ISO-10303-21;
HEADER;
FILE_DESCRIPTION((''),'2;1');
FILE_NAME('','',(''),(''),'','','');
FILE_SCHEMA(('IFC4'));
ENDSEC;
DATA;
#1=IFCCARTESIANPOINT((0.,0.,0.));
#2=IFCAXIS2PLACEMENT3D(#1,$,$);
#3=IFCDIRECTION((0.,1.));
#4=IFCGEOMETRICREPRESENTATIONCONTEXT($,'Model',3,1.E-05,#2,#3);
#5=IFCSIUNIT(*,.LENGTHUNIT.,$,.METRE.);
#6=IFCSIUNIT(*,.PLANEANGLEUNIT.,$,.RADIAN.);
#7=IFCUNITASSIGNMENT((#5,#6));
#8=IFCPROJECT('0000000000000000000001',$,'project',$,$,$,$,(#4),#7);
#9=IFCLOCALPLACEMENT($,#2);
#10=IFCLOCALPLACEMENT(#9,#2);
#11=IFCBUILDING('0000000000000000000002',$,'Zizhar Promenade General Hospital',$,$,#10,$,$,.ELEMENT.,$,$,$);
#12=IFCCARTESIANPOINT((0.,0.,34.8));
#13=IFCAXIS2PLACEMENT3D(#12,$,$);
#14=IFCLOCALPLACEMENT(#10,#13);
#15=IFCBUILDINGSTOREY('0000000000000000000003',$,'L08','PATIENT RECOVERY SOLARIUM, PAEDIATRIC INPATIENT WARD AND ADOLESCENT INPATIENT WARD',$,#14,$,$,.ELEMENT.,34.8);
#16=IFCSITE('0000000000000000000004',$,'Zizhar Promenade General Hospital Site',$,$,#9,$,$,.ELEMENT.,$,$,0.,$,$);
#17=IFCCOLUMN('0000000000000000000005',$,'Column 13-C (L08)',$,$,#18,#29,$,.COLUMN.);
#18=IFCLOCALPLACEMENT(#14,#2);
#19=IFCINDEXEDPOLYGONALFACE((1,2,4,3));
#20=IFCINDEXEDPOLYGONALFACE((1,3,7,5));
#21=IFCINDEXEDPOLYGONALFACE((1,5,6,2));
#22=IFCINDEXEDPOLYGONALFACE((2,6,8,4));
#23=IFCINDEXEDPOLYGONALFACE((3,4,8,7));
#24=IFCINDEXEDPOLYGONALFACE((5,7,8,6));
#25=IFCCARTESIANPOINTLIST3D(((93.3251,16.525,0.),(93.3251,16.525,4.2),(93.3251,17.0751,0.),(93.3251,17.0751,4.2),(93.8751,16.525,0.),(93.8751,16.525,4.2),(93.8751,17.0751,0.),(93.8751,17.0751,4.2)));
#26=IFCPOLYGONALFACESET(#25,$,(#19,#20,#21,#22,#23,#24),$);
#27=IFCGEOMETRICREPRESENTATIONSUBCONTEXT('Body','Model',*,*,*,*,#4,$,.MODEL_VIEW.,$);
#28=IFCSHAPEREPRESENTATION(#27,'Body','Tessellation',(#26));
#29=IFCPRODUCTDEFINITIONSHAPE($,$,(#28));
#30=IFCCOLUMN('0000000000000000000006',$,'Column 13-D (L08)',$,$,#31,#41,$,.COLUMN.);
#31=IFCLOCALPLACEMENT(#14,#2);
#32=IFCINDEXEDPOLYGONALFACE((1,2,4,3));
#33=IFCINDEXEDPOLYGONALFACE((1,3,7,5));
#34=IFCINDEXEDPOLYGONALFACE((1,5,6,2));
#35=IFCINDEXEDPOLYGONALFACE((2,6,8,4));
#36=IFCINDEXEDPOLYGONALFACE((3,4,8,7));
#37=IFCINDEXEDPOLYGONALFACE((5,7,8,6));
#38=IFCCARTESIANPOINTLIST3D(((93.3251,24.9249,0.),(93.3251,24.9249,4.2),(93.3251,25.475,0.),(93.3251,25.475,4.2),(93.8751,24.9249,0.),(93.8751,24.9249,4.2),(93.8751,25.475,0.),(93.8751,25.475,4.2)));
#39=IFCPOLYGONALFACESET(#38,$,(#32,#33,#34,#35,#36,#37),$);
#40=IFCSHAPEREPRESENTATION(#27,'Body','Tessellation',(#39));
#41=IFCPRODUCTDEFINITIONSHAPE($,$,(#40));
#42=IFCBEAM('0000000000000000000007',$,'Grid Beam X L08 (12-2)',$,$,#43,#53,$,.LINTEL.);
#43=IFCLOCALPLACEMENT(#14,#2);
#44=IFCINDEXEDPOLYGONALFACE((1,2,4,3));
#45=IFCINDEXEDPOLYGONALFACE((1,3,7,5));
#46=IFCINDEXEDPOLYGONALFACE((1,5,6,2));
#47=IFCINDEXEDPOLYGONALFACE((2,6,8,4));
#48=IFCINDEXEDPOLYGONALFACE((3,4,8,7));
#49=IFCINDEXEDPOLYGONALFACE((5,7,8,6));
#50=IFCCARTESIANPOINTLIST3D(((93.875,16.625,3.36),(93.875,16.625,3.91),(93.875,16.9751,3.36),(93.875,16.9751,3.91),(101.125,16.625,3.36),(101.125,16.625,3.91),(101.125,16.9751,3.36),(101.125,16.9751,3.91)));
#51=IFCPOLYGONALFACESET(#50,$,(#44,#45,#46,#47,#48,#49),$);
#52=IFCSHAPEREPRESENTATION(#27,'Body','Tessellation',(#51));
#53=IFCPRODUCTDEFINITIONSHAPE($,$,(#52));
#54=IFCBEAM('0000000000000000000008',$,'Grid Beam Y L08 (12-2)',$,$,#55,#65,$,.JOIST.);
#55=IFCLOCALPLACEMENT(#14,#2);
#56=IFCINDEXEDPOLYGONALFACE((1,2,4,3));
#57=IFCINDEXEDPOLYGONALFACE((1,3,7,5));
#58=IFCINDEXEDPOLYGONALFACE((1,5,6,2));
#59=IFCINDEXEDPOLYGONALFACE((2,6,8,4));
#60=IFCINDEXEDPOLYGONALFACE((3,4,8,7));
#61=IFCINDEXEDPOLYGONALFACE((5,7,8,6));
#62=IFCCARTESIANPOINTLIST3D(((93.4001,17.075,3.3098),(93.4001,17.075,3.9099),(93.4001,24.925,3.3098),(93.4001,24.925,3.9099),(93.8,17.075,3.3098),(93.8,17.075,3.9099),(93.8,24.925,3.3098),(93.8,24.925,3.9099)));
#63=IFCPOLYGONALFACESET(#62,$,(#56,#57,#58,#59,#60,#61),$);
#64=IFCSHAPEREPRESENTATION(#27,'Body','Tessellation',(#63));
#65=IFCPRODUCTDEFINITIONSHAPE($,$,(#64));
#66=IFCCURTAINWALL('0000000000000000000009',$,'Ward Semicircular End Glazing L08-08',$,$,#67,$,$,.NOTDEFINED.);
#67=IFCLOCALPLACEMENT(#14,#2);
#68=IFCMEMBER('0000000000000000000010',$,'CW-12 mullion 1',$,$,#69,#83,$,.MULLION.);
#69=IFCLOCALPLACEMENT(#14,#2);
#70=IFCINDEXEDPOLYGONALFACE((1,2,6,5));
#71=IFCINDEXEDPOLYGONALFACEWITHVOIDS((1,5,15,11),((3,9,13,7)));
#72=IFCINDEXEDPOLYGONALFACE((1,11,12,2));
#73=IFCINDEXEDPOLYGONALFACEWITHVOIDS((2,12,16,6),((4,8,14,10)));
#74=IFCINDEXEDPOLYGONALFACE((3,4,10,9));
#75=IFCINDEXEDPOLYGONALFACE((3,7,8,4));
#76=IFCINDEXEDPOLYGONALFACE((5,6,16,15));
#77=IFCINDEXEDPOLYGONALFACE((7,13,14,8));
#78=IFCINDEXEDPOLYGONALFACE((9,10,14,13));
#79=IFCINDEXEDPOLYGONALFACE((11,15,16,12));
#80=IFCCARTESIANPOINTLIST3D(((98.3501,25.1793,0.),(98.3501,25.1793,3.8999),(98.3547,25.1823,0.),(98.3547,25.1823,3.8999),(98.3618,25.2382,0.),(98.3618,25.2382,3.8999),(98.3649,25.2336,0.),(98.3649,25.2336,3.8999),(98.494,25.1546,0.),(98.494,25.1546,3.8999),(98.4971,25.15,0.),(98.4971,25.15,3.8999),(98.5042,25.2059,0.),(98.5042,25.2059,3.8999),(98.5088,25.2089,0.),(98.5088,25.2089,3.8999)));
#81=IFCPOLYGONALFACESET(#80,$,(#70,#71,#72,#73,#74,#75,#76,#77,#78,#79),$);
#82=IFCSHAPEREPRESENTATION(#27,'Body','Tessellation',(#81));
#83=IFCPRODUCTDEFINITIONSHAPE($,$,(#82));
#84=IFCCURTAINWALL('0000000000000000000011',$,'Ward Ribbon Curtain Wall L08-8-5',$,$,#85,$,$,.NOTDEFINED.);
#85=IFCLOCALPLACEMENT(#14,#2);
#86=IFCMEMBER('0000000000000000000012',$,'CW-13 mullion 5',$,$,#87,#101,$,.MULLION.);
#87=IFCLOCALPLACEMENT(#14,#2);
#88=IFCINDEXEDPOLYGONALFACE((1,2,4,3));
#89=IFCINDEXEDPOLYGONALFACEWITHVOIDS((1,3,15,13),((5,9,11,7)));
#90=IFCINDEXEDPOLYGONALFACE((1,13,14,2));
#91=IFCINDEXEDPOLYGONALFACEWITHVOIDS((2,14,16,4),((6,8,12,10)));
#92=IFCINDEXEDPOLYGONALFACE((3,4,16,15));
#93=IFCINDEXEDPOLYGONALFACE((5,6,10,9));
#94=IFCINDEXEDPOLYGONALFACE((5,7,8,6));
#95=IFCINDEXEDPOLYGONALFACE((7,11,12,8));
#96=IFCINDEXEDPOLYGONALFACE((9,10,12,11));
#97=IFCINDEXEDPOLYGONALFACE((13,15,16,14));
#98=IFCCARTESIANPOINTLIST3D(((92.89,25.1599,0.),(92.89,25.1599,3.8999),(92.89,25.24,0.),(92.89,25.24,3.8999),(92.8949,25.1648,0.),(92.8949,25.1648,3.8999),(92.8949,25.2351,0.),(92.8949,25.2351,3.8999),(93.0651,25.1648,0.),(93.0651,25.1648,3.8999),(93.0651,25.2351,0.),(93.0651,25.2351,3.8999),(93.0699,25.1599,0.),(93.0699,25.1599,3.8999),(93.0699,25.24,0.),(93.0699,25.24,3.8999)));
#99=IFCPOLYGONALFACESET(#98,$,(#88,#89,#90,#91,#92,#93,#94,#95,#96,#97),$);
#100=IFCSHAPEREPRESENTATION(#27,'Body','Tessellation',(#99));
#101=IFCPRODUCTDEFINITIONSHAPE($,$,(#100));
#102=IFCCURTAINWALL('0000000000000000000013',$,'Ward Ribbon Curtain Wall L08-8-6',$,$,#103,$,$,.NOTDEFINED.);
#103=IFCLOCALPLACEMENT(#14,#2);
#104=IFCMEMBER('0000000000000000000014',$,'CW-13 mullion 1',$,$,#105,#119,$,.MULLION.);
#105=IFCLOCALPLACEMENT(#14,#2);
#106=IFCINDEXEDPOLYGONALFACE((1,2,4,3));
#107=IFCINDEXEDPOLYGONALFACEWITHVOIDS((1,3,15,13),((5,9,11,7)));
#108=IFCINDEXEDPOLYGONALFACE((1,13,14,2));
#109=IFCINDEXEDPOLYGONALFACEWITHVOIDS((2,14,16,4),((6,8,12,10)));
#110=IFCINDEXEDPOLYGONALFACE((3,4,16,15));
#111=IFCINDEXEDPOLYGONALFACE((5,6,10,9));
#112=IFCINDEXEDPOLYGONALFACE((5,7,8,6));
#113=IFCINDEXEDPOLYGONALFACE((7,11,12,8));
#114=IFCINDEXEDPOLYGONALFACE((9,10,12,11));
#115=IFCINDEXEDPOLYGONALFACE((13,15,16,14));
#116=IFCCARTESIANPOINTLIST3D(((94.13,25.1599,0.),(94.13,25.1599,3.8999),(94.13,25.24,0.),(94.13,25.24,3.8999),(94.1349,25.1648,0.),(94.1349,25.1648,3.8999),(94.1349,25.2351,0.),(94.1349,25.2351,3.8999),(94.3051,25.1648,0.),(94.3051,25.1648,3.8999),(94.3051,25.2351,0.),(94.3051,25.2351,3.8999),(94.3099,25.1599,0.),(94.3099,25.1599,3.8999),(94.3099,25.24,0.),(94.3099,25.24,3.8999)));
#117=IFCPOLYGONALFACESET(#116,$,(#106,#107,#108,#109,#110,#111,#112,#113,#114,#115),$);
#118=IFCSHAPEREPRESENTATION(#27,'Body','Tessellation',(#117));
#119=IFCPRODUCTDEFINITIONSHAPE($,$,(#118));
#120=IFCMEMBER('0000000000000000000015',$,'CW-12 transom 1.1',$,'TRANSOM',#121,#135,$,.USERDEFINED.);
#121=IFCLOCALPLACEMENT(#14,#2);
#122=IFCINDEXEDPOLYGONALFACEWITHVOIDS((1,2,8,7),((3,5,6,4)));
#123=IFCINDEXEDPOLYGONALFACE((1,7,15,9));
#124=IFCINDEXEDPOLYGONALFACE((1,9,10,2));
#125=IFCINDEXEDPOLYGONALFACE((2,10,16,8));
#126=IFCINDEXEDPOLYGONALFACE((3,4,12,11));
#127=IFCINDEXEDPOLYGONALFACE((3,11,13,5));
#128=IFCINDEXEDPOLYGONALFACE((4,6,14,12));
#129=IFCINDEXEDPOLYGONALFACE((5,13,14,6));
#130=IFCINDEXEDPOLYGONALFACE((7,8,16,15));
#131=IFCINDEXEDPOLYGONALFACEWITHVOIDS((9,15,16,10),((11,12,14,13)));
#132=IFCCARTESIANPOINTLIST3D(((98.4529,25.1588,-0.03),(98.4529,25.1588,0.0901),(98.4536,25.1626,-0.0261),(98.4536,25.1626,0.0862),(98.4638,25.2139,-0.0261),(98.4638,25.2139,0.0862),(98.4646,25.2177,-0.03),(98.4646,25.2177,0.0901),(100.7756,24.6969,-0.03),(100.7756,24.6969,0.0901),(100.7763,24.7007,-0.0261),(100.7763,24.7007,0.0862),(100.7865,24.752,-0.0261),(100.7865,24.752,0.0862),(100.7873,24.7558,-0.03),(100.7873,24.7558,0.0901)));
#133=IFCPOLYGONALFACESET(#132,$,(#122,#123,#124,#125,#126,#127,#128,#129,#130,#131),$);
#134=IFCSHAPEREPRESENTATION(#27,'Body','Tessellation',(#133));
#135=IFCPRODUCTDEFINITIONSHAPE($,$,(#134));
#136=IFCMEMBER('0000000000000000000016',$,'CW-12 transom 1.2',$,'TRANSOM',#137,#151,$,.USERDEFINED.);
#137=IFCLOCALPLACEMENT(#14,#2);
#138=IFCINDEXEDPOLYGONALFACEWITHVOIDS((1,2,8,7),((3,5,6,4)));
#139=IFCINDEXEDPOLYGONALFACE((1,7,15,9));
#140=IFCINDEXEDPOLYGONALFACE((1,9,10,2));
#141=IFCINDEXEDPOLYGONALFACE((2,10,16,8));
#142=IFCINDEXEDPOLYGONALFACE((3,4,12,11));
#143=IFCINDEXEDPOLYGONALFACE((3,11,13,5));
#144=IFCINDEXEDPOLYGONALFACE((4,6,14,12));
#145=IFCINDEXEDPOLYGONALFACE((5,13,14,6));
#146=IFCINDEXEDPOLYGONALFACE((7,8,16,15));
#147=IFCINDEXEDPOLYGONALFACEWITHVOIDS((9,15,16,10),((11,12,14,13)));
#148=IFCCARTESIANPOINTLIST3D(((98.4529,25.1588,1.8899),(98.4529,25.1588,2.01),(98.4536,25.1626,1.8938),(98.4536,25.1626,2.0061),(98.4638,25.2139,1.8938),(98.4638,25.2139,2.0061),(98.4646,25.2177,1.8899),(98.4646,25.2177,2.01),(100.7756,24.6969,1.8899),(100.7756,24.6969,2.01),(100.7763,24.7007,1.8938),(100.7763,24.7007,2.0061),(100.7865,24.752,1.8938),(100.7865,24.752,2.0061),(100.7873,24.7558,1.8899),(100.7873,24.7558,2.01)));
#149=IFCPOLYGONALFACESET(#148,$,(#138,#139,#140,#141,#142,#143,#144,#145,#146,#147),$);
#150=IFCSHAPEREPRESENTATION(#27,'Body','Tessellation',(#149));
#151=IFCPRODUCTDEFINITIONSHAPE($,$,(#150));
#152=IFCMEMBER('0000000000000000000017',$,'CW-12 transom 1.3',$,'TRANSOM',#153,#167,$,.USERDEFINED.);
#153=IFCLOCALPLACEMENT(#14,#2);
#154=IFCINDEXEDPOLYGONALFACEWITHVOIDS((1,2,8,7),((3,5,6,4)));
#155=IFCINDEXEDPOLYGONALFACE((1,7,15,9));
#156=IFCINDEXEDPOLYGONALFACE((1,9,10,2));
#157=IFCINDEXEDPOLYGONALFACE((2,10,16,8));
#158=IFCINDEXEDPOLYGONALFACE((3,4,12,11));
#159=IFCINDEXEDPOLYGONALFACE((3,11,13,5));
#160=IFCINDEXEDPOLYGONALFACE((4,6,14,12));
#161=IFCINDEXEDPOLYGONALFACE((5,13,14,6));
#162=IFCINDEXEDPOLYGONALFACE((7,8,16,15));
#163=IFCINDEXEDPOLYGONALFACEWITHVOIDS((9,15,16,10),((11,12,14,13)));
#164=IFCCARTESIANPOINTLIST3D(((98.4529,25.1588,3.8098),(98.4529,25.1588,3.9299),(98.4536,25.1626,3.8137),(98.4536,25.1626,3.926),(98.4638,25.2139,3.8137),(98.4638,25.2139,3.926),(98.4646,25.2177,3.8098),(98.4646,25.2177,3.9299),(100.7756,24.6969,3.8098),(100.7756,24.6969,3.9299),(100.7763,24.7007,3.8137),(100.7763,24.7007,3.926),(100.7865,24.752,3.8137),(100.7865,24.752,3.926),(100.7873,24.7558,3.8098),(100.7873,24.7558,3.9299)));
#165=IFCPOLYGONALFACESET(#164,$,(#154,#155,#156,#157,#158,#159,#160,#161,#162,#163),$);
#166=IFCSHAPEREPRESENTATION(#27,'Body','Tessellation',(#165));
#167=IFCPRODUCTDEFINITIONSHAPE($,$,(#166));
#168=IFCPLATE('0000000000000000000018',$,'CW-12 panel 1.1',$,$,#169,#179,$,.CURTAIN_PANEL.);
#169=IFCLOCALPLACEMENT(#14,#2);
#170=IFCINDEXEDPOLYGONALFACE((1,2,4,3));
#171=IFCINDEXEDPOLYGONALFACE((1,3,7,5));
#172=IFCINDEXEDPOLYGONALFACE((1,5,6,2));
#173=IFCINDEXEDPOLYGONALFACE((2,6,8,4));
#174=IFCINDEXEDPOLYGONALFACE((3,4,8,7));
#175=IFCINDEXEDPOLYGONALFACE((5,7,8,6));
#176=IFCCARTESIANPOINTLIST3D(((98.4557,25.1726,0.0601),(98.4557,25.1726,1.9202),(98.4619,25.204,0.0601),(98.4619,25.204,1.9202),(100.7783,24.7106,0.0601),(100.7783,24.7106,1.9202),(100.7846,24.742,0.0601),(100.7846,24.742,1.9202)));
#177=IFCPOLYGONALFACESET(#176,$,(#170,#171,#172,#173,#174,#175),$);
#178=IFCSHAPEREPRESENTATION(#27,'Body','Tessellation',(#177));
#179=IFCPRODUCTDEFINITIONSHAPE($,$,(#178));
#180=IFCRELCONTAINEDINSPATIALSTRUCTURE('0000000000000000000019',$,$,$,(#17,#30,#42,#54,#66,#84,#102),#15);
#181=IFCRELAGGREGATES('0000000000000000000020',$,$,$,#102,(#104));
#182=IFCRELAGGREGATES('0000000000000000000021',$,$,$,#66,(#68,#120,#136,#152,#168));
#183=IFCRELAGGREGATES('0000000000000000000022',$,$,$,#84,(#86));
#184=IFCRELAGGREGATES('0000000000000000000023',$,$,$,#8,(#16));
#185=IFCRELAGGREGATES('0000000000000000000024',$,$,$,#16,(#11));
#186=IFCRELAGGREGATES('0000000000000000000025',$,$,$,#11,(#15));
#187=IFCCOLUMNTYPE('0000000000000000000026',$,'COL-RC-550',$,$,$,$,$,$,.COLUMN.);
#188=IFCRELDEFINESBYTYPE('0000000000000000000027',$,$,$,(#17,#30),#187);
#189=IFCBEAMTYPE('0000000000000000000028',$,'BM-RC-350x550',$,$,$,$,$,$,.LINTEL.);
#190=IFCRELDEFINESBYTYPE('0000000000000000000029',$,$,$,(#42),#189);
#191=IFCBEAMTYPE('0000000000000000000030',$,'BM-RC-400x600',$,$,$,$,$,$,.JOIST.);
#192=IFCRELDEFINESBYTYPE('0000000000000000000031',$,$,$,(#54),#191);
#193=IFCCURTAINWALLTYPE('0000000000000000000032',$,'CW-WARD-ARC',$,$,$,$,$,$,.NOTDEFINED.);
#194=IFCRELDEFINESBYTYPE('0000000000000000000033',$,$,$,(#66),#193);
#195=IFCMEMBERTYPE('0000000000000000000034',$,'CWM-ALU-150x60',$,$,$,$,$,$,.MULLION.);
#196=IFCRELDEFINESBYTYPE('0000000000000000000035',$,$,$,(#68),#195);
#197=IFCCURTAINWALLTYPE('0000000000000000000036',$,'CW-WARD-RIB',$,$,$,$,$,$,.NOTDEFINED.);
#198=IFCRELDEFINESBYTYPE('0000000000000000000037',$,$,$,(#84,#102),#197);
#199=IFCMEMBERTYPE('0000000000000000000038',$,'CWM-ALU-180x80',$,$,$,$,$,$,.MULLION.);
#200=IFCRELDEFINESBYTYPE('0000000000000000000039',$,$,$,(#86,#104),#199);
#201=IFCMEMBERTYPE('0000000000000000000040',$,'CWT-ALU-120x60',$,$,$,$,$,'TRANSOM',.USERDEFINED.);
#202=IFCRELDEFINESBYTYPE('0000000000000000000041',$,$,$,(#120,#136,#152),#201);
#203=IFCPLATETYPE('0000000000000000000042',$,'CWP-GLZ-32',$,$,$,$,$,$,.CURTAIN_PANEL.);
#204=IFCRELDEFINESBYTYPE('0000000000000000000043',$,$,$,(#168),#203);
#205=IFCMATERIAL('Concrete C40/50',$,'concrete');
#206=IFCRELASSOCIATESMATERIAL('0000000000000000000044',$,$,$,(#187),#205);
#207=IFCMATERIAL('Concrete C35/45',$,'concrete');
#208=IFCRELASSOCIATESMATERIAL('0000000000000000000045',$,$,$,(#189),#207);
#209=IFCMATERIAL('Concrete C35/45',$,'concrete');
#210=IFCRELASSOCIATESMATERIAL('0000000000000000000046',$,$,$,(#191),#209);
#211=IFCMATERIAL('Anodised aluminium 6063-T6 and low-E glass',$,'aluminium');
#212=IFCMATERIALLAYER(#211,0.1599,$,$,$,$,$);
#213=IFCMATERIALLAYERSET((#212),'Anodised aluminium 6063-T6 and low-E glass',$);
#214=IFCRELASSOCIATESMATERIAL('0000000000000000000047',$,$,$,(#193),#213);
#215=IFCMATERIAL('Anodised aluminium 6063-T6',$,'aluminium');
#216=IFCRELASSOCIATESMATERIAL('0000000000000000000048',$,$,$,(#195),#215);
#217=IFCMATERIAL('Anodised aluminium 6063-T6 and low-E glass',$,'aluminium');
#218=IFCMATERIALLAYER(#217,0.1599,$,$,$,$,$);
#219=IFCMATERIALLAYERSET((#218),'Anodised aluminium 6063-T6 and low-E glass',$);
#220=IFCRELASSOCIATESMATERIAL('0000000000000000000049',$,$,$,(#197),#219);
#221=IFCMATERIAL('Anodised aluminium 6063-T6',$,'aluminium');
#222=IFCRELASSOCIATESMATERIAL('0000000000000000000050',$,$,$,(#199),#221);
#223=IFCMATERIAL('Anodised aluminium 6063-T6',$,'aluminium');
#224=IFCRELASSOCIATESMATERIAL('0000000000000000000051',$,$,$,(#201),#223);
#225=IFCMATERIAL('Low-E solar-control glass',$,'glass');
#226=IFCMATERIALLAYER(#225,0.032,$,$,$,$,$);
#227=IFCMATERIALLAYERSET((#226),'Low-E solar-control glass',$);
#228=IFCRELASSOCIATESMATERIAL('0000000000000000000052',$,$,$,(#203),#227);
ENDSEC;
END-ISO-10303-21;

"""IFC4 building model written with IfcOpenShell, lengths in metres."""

from ifc_helpers import new_model, si_unit, direction, frame, origin, origin_2d, place, context, subcontext, project, spatial, rectangle, hollow_rectangle, extrude, material, layer, layer_set, material_profile, profile_set, type_object, element, aggregate, save


model = new_model("IFC4")

# Units and contexts
model_context = context("Model", 3, precision=1e-05, world=origin(), true_north=direction((0.0, 1.0)))
body_context = subcontext(model_context, "Body", "Model", "MODEL_VIEW")
ifc_project = project(units=[si_unit("LENGTHUNIT", "METRE"), si_unit("PLANEANGLEUNIT", "RADIAN")], contexts=[model_context])

# Site, building, storey
site_placement = place(None, origin())
site = spatial("IfcSite", under=ifc_project, at=site_placement, Name="Zizhar Promenade General Hospital Site", CompositionType="ELEMENT", RefElevation=0.0)
building_placement = place(site_placement, origin())
building = spatial("IfcBuilding", under=site, at=building_placement, Name="Zizhar Promenade General Hospital", CompositionType="ELEMENT")
storey_placement = place(building_placement, frame((0.0, 0.0, 34.8)))
storey = spatial("IfcBuildingStorey", under=building, at=storey_placement, Name="L08", Description="PATIENT RECOVERY SOLARIUM, PAEDIATRIC INPATIENT WARD AND ADOLESCENT INPATIENT WARD", CompositionType="ELEMENT", Elevation=34.8)

# Columns
ifc_material_1 = material(Name="Concrete C40/50", Category="concrete")
ifc_material_profile_1 = material_profile(ifc_material_1, rectangle(XDim=0.55, YDim=0.55, at=origin_2d()))
ifc_profile_set_1 = profile_set([ifc_material_profile_1], Name="Concrete C40/50")
column_type = type_object("IfcColumnType", Name="COL-RC-550", PredefinedType="COLUMN", material=ifc_profile_set_1)
for number, where, z_axis, x_axis, name in (
    (1, (93.6001, 16.8, 0.0), (0.0, 0.0, 1.0), (1.0, 0.0, 0.0), "Column 13-C (L08)"),
    (2, (93.6001, 25.2, 0.0), (0.0, 0.0, 1.0), (1.0, 0.0, 0.0), "Column 13-D (L08)"),
):
    element("IfcColumn", number, at=place(storey_placement, frame(where, z_axis=z_axis, x_axis=x_axis)), inside=storey, type_object=column_type, Name=name, PredefinedType="COLUMN", context=body_context, shape_type="SweptSolid", body=[
        extrude(rectangle(XDim=0.55, YDim=0.55, at=origin_2d()), origin(), (0.0, 0.0, 1.0), 4.2),
    ])

# Beams
ifc_material_2 = material(Name="Concrete C35/45", Category="concrete")
ifc_material_profile_2 = material_profile(ifc_material_2, rectangle(XDim=0.3501, YDim=0.55, at=origin_2d()))
ifc_profile_set_2 = profile_set([ifc_material_profile_2], Name="Concrete C35/45")
beam_type_1 = type_object("IfcBeamType", Name="BM-RC-350x550", PredefinedType="LINTEL", material=ifc_profile_set_2)
beam_1_placement = place(storey_placement, frame((93.875, 16.8, 3.635), z_axis=(1.0, 0.0, 0.0), x_axis=(0.0, 1.0, 0.0)))
element("IfcBeam", 3, at=beam_1_placement, inside=storey, type_object=beam_type_1, Name="Grid Beam X L08 (12-2)", PredefinedType="LINTEL", context=body_context, shape_type="SweptSolid", body=[
    extrude(rectangle(XDim=0.3501, YDim=0.55, at=origin_2d()), origin(), (0.0, 0.0, 1.0), 7.25),
])
ifc_material_3 = material(Name="Concrete C35/45", Category="concrete")
ifc_material_profile_3 = material_profile(ifc_material_3, rectangle(XDim=0.3999, YDim=0.6001, at=origin_2d()))
ifc_profile_set_3 = profile_set([ifc_material_profile_3], Name="Concrete C35/45")
beam_type_2 = type_object("IfcBeamType", Name="BM-RC-400x600", PredefinedType="JOIST", material=ifc_profile_set_3)
beam_2_placement = place(storey_placement, frame((93.6001, 17.075, 3.6099), z_axis=(0.0, 1.0, 0.0), x_axis=(-1.0, 0.0, 0.0)))
element("IfcBeam", 4, at=beam_2_placement, inside=storey, type_object=beam_type_2, Name="Grid Beam Y L08 (12-2)", PredefinedType="JOIST", context=body_context, shape_type="SweptSolid", body=[
    extrude(rectangle(XDim=0.3999, YDim=0.6001, at=origin_2d()), origin(), (0.0, 0.0, 1.0), 7.8501),
])

# Curtain walls, members
ifc_material_4 = material(Name="Anodised aluminium 6063-T6 and low-E glass", Category="aluminium")
ifc_layer_1 = layer(ifc_material_4, 0.1599)
ifc_layer_set_1 = layer_set([ifc_layer_1], Name="Anodised aluminium 6063-T6 and low-E glass")
curtain_wall_type_1 = type_object("IfcCurtainWallType", Name="CW-WARD-ARC", PredefinedType="NOTDEFINED", material=ifc_layer_set_1)
curtain_wall_1_placement = place(storey_placement, origin())
curtain_wall_1 = element("IfcCurtainWall", 5, at=curtain_wall_1_placement, inside=storey, type_object=curtain_wall_type_1, Name="Ward Semicircular End Glazing L08-08", PredefinedType="NOTDEFINED")
ifc_material_5 = material(Name="Anodised aluminium 6063-T6", Category="aluminium")
ifc_material_profile_4 = material_profile(ifc_material_5, hollow_rectangle(XDim=0.0601, YDim=0.1499, WallThickness=0.0039, at=origin_2d()))
ifc_profile_set_4 = profile_set([ifc_material_profile_4], Name="Anodised aluminium 6063-T6")
member_type_1 = type_object("IfcMemberType", Name="CWM-ALU-150x60", PredefinedType="MULLION", material=ifc_profile_set_4)
member_1_placement = place(storey_placement, frame((98.4294, 25.1941, 0.0), z_axis=(0.0, 0.0, 1.0), x_axis=(0.195087, 0.980786, 0.0)))
member_1 = element("IfcMember", 6, at=member_1_placement, type_object=member_type_1, Name="CW-12 mullion 1", PredefinedType="MULLION", context=body_context, shape_type="SweptSolid", body=[
    extrude(hollow_rectangle(XDim=0.0601, YDim=0.1499, WallThickness=0.0039, at=origin_2d()), origin(), (0.0, 0.0, 1.0), 3.8999),
])
ifc_material_6 = material(Name="Anodised aluminium 6063-T6 and low-E glass", Category="aluminium")
ifc_layer_2 = layer(ifc_material_6, 0.1599)
ifc_layer_set_2 = layer_set([ifc_layer_2], Name="Anodised aluminium 6063-T6 and low-E glass")
curtain_wall_type_2 = type_object("IfcCurtainWallType", Name="CW-WARD-RIB", PredefinedType="NOTDEFINED", material=ifc_layer_set_2)
curtain_wall_2_placement = place(storey_placement, origin())
curtain_wall_2 = element("IfcCurtainWall", 7, at=curtain_wall_2_placement, inside=storey, type_object=curtain_wall_type_2, Name="Ward Ribbon Curtain Wall L08-8-5", PredefinedType="NOTDEFINED")
ifc_material_7 = material(Name="Anodised aluminium 6063-T6", Category="aluminium")
ifc_material_profile_5 = material_profile(ifc_material_7, hollow_rectangle(XDim=0.0801, YDim=0.1799, WallThickness=0.0049, at=origin_2d()))
ifc_profile_set_5 = profile_set([ifc_material_profile_5], Name="Anodised aluminium 6063-T6")
member_type_2 = type_object("IfcMemberType", Name="CWM-ALU-180x80", PredefinedType="MULLION", material=ifc_profile_set_5)
member_2_placement = place(storey_placement, frame((92.98, 25.2, 0.0), z_axis=(0.0, 0.0, 1.0), x_axis=(0.0, 1.0, 0.0)))
member_2 = element("IfcMember", 8, at=member_2_placement, type_object=member_type_2, Name="CW-13 mullion 5", PredefinedType="MULLION", context=body_context, shape_type="SweptSolid", body=[
    extrude(hollow_rectangle(XDim=0.0801, YDim=0.1799, WallThickness=0.0049, at=origin_2d()), origin(), (0.0, 0.0, 1.0), 3.8999),
])
curtain_wall_3_placement = place(storey_placement, origin())
curtain_wall_3 = element("IfcCurtainWall", 9, at=curtain_wall_3_placement, inside=storey, type_object=curtain_wall_type_2, Name="Ward Ribbon Curtain Wall L08-8-6", PredefinedType="NOTDEFINED")
member_3_placement = place(storey_placement, frame((94.22, 25.2, 0.0), z_axis=(0.0, 0.0, 1.0), x_axis=(0.0, 1.0, 0.0)))
member_3 = element("IfcMember", 10, at=member_3_placement, type_object=member_type_2, Name="CW-13 mullion 1", PredefinedType="MULLION", context=body_context, shape_type="SweptSolid", body=[
    extrude(hollow_rectangle(XDim=0.0801, YDim=0.1799, WallThickness=0.0049, at=origin_2d()), origin(), (0.0, 0.0, 1.0), 3.8999),
])
aggregate(curtain_wall_3, [member_3])

# Members
ifc_material_8 = material(Name="Anodised aluminium 6063-T6", Category="aluminium")
ifc_material_profile_6 = material_profile(ifc_material_8, hollow_rectangle(XDim=0.0601, YDim=0.1201, WallThickness=0.0039, at=origin_2d()))
ifc_profile_set_6 = profile_set([ifc_material_profile_6], Name="Anodised aluminium 6063-T6")
member_type_3 = type_object("IfcMemberType", Name="CWT-ALU-120x60", ElementType="TRANSOM", PredefinedType="USERDEFINED", material=ifc_profile_set_6)
member_4_placement = place(storey_placement, frame((98.4587, 25.1882, 0.03), z_axis=(0.980794, -0.195045, 0.0), x_axis=(0.195045, 0.980794, 0.0)))
member_4 = element("IfcMember", 11, at=member_4_placement, type_object=member_type_3, Name="CW-12 transom 1.1", ObjectType="TRANSOM", PredefinedType="USERDEFINED", context=body_context, shape_type="SweptSolid", body=[
    extrude(hollow_rectangle(XDim=0.0601, YDim=0.1201, WallThickness=0.0039, at=origin_2d()), origin(), (0.0, 0.0, 1.0), 2.3682),
])
member_5_placement = place(storey_placement, frame((98.4587, 25.1882, 1.95), z_axis=(0.980794, -0.195045, 0.0), x_axis=(0.195045, 0.980794, 0.0)))
member_5 = element("IfcMember", 12, at=member_5_placement, type_object=member_type_3, Name="CW-12 transom 1.2", ObjectType="TRANSOM", PredefinedType="USERDEFINED", context=body_context, shape_type="SweptSolid", body=[
    extrude(hollow_rectangle(XDim=0.0601, YDim=0.1201, WallThickness=0.0039, at=origin_2d()), origin(), (0.0, 0.0, 1.0), 2.3682),
])
member_6_placement = place(storey_placement, frame((98.4587, 25.1882, 3.8699), z_axis=(0.980794, -0.195045, 0.0), x_axis=(0.195045, 0.980794, 0.0)))
member_6 = element("IfcMember", 13, at=member_6_placement, type_object=member_type_3, Name="CW-12 transom 1.3", ObjectType="TRANSOM", PredefinedType="USERDEFINED", context=body_context, shape_type="SweptSolid", body=[
    extrude(hollow_rectangle(XDim=0.0601, YDim=0.1201, WallThickness=0.0039, at=origin_2d()), origin(), (0.0, 0.0, 1.0), 2.3682),
])

# Plate
ifc_material_9 = material(Name="Low-E solar-control glass", Category="glass")
ifc_layer_3 = layer(ifc_material_9, 0.032)
ifc_layer_set_3 = layer_set([ifc_layer_3], Name="Low-E solar-control glass")
plate_type = type_object("IfcPlateType", Name="CWP-GLZ-32", PredefinedType="CURTAIN_PANEL", material=ifc_layer_set_3)
plate_1_placement = place(storey_placement, frame((99.6201, 24.9573, 0.0601), z_axis=(0.0, 0.0, 1.0), x_axis=(0.980786, -0.195087, 0.0)))
plate_1 = element("IfcPlate", 14, at=plate_1_placement, type_object=plate_type, Name="CW-12 panel 1.1", PredefinedType="CURTAIN_PANEL", context=body_context, shape_type="SweptSolid", body=[
    extrude(rectangle(XDim=2.3682, YDim=0.032, at=origin_2d()), origin(), (0.0, 0.0, 1.0), 1.8601),
])
aggregate(curtain_wall_1, [member_1, member_4, member_5, member_6, plate_1])
aggregate(curtain_wall_2, [member_2])

save(model, "model.ifc")
